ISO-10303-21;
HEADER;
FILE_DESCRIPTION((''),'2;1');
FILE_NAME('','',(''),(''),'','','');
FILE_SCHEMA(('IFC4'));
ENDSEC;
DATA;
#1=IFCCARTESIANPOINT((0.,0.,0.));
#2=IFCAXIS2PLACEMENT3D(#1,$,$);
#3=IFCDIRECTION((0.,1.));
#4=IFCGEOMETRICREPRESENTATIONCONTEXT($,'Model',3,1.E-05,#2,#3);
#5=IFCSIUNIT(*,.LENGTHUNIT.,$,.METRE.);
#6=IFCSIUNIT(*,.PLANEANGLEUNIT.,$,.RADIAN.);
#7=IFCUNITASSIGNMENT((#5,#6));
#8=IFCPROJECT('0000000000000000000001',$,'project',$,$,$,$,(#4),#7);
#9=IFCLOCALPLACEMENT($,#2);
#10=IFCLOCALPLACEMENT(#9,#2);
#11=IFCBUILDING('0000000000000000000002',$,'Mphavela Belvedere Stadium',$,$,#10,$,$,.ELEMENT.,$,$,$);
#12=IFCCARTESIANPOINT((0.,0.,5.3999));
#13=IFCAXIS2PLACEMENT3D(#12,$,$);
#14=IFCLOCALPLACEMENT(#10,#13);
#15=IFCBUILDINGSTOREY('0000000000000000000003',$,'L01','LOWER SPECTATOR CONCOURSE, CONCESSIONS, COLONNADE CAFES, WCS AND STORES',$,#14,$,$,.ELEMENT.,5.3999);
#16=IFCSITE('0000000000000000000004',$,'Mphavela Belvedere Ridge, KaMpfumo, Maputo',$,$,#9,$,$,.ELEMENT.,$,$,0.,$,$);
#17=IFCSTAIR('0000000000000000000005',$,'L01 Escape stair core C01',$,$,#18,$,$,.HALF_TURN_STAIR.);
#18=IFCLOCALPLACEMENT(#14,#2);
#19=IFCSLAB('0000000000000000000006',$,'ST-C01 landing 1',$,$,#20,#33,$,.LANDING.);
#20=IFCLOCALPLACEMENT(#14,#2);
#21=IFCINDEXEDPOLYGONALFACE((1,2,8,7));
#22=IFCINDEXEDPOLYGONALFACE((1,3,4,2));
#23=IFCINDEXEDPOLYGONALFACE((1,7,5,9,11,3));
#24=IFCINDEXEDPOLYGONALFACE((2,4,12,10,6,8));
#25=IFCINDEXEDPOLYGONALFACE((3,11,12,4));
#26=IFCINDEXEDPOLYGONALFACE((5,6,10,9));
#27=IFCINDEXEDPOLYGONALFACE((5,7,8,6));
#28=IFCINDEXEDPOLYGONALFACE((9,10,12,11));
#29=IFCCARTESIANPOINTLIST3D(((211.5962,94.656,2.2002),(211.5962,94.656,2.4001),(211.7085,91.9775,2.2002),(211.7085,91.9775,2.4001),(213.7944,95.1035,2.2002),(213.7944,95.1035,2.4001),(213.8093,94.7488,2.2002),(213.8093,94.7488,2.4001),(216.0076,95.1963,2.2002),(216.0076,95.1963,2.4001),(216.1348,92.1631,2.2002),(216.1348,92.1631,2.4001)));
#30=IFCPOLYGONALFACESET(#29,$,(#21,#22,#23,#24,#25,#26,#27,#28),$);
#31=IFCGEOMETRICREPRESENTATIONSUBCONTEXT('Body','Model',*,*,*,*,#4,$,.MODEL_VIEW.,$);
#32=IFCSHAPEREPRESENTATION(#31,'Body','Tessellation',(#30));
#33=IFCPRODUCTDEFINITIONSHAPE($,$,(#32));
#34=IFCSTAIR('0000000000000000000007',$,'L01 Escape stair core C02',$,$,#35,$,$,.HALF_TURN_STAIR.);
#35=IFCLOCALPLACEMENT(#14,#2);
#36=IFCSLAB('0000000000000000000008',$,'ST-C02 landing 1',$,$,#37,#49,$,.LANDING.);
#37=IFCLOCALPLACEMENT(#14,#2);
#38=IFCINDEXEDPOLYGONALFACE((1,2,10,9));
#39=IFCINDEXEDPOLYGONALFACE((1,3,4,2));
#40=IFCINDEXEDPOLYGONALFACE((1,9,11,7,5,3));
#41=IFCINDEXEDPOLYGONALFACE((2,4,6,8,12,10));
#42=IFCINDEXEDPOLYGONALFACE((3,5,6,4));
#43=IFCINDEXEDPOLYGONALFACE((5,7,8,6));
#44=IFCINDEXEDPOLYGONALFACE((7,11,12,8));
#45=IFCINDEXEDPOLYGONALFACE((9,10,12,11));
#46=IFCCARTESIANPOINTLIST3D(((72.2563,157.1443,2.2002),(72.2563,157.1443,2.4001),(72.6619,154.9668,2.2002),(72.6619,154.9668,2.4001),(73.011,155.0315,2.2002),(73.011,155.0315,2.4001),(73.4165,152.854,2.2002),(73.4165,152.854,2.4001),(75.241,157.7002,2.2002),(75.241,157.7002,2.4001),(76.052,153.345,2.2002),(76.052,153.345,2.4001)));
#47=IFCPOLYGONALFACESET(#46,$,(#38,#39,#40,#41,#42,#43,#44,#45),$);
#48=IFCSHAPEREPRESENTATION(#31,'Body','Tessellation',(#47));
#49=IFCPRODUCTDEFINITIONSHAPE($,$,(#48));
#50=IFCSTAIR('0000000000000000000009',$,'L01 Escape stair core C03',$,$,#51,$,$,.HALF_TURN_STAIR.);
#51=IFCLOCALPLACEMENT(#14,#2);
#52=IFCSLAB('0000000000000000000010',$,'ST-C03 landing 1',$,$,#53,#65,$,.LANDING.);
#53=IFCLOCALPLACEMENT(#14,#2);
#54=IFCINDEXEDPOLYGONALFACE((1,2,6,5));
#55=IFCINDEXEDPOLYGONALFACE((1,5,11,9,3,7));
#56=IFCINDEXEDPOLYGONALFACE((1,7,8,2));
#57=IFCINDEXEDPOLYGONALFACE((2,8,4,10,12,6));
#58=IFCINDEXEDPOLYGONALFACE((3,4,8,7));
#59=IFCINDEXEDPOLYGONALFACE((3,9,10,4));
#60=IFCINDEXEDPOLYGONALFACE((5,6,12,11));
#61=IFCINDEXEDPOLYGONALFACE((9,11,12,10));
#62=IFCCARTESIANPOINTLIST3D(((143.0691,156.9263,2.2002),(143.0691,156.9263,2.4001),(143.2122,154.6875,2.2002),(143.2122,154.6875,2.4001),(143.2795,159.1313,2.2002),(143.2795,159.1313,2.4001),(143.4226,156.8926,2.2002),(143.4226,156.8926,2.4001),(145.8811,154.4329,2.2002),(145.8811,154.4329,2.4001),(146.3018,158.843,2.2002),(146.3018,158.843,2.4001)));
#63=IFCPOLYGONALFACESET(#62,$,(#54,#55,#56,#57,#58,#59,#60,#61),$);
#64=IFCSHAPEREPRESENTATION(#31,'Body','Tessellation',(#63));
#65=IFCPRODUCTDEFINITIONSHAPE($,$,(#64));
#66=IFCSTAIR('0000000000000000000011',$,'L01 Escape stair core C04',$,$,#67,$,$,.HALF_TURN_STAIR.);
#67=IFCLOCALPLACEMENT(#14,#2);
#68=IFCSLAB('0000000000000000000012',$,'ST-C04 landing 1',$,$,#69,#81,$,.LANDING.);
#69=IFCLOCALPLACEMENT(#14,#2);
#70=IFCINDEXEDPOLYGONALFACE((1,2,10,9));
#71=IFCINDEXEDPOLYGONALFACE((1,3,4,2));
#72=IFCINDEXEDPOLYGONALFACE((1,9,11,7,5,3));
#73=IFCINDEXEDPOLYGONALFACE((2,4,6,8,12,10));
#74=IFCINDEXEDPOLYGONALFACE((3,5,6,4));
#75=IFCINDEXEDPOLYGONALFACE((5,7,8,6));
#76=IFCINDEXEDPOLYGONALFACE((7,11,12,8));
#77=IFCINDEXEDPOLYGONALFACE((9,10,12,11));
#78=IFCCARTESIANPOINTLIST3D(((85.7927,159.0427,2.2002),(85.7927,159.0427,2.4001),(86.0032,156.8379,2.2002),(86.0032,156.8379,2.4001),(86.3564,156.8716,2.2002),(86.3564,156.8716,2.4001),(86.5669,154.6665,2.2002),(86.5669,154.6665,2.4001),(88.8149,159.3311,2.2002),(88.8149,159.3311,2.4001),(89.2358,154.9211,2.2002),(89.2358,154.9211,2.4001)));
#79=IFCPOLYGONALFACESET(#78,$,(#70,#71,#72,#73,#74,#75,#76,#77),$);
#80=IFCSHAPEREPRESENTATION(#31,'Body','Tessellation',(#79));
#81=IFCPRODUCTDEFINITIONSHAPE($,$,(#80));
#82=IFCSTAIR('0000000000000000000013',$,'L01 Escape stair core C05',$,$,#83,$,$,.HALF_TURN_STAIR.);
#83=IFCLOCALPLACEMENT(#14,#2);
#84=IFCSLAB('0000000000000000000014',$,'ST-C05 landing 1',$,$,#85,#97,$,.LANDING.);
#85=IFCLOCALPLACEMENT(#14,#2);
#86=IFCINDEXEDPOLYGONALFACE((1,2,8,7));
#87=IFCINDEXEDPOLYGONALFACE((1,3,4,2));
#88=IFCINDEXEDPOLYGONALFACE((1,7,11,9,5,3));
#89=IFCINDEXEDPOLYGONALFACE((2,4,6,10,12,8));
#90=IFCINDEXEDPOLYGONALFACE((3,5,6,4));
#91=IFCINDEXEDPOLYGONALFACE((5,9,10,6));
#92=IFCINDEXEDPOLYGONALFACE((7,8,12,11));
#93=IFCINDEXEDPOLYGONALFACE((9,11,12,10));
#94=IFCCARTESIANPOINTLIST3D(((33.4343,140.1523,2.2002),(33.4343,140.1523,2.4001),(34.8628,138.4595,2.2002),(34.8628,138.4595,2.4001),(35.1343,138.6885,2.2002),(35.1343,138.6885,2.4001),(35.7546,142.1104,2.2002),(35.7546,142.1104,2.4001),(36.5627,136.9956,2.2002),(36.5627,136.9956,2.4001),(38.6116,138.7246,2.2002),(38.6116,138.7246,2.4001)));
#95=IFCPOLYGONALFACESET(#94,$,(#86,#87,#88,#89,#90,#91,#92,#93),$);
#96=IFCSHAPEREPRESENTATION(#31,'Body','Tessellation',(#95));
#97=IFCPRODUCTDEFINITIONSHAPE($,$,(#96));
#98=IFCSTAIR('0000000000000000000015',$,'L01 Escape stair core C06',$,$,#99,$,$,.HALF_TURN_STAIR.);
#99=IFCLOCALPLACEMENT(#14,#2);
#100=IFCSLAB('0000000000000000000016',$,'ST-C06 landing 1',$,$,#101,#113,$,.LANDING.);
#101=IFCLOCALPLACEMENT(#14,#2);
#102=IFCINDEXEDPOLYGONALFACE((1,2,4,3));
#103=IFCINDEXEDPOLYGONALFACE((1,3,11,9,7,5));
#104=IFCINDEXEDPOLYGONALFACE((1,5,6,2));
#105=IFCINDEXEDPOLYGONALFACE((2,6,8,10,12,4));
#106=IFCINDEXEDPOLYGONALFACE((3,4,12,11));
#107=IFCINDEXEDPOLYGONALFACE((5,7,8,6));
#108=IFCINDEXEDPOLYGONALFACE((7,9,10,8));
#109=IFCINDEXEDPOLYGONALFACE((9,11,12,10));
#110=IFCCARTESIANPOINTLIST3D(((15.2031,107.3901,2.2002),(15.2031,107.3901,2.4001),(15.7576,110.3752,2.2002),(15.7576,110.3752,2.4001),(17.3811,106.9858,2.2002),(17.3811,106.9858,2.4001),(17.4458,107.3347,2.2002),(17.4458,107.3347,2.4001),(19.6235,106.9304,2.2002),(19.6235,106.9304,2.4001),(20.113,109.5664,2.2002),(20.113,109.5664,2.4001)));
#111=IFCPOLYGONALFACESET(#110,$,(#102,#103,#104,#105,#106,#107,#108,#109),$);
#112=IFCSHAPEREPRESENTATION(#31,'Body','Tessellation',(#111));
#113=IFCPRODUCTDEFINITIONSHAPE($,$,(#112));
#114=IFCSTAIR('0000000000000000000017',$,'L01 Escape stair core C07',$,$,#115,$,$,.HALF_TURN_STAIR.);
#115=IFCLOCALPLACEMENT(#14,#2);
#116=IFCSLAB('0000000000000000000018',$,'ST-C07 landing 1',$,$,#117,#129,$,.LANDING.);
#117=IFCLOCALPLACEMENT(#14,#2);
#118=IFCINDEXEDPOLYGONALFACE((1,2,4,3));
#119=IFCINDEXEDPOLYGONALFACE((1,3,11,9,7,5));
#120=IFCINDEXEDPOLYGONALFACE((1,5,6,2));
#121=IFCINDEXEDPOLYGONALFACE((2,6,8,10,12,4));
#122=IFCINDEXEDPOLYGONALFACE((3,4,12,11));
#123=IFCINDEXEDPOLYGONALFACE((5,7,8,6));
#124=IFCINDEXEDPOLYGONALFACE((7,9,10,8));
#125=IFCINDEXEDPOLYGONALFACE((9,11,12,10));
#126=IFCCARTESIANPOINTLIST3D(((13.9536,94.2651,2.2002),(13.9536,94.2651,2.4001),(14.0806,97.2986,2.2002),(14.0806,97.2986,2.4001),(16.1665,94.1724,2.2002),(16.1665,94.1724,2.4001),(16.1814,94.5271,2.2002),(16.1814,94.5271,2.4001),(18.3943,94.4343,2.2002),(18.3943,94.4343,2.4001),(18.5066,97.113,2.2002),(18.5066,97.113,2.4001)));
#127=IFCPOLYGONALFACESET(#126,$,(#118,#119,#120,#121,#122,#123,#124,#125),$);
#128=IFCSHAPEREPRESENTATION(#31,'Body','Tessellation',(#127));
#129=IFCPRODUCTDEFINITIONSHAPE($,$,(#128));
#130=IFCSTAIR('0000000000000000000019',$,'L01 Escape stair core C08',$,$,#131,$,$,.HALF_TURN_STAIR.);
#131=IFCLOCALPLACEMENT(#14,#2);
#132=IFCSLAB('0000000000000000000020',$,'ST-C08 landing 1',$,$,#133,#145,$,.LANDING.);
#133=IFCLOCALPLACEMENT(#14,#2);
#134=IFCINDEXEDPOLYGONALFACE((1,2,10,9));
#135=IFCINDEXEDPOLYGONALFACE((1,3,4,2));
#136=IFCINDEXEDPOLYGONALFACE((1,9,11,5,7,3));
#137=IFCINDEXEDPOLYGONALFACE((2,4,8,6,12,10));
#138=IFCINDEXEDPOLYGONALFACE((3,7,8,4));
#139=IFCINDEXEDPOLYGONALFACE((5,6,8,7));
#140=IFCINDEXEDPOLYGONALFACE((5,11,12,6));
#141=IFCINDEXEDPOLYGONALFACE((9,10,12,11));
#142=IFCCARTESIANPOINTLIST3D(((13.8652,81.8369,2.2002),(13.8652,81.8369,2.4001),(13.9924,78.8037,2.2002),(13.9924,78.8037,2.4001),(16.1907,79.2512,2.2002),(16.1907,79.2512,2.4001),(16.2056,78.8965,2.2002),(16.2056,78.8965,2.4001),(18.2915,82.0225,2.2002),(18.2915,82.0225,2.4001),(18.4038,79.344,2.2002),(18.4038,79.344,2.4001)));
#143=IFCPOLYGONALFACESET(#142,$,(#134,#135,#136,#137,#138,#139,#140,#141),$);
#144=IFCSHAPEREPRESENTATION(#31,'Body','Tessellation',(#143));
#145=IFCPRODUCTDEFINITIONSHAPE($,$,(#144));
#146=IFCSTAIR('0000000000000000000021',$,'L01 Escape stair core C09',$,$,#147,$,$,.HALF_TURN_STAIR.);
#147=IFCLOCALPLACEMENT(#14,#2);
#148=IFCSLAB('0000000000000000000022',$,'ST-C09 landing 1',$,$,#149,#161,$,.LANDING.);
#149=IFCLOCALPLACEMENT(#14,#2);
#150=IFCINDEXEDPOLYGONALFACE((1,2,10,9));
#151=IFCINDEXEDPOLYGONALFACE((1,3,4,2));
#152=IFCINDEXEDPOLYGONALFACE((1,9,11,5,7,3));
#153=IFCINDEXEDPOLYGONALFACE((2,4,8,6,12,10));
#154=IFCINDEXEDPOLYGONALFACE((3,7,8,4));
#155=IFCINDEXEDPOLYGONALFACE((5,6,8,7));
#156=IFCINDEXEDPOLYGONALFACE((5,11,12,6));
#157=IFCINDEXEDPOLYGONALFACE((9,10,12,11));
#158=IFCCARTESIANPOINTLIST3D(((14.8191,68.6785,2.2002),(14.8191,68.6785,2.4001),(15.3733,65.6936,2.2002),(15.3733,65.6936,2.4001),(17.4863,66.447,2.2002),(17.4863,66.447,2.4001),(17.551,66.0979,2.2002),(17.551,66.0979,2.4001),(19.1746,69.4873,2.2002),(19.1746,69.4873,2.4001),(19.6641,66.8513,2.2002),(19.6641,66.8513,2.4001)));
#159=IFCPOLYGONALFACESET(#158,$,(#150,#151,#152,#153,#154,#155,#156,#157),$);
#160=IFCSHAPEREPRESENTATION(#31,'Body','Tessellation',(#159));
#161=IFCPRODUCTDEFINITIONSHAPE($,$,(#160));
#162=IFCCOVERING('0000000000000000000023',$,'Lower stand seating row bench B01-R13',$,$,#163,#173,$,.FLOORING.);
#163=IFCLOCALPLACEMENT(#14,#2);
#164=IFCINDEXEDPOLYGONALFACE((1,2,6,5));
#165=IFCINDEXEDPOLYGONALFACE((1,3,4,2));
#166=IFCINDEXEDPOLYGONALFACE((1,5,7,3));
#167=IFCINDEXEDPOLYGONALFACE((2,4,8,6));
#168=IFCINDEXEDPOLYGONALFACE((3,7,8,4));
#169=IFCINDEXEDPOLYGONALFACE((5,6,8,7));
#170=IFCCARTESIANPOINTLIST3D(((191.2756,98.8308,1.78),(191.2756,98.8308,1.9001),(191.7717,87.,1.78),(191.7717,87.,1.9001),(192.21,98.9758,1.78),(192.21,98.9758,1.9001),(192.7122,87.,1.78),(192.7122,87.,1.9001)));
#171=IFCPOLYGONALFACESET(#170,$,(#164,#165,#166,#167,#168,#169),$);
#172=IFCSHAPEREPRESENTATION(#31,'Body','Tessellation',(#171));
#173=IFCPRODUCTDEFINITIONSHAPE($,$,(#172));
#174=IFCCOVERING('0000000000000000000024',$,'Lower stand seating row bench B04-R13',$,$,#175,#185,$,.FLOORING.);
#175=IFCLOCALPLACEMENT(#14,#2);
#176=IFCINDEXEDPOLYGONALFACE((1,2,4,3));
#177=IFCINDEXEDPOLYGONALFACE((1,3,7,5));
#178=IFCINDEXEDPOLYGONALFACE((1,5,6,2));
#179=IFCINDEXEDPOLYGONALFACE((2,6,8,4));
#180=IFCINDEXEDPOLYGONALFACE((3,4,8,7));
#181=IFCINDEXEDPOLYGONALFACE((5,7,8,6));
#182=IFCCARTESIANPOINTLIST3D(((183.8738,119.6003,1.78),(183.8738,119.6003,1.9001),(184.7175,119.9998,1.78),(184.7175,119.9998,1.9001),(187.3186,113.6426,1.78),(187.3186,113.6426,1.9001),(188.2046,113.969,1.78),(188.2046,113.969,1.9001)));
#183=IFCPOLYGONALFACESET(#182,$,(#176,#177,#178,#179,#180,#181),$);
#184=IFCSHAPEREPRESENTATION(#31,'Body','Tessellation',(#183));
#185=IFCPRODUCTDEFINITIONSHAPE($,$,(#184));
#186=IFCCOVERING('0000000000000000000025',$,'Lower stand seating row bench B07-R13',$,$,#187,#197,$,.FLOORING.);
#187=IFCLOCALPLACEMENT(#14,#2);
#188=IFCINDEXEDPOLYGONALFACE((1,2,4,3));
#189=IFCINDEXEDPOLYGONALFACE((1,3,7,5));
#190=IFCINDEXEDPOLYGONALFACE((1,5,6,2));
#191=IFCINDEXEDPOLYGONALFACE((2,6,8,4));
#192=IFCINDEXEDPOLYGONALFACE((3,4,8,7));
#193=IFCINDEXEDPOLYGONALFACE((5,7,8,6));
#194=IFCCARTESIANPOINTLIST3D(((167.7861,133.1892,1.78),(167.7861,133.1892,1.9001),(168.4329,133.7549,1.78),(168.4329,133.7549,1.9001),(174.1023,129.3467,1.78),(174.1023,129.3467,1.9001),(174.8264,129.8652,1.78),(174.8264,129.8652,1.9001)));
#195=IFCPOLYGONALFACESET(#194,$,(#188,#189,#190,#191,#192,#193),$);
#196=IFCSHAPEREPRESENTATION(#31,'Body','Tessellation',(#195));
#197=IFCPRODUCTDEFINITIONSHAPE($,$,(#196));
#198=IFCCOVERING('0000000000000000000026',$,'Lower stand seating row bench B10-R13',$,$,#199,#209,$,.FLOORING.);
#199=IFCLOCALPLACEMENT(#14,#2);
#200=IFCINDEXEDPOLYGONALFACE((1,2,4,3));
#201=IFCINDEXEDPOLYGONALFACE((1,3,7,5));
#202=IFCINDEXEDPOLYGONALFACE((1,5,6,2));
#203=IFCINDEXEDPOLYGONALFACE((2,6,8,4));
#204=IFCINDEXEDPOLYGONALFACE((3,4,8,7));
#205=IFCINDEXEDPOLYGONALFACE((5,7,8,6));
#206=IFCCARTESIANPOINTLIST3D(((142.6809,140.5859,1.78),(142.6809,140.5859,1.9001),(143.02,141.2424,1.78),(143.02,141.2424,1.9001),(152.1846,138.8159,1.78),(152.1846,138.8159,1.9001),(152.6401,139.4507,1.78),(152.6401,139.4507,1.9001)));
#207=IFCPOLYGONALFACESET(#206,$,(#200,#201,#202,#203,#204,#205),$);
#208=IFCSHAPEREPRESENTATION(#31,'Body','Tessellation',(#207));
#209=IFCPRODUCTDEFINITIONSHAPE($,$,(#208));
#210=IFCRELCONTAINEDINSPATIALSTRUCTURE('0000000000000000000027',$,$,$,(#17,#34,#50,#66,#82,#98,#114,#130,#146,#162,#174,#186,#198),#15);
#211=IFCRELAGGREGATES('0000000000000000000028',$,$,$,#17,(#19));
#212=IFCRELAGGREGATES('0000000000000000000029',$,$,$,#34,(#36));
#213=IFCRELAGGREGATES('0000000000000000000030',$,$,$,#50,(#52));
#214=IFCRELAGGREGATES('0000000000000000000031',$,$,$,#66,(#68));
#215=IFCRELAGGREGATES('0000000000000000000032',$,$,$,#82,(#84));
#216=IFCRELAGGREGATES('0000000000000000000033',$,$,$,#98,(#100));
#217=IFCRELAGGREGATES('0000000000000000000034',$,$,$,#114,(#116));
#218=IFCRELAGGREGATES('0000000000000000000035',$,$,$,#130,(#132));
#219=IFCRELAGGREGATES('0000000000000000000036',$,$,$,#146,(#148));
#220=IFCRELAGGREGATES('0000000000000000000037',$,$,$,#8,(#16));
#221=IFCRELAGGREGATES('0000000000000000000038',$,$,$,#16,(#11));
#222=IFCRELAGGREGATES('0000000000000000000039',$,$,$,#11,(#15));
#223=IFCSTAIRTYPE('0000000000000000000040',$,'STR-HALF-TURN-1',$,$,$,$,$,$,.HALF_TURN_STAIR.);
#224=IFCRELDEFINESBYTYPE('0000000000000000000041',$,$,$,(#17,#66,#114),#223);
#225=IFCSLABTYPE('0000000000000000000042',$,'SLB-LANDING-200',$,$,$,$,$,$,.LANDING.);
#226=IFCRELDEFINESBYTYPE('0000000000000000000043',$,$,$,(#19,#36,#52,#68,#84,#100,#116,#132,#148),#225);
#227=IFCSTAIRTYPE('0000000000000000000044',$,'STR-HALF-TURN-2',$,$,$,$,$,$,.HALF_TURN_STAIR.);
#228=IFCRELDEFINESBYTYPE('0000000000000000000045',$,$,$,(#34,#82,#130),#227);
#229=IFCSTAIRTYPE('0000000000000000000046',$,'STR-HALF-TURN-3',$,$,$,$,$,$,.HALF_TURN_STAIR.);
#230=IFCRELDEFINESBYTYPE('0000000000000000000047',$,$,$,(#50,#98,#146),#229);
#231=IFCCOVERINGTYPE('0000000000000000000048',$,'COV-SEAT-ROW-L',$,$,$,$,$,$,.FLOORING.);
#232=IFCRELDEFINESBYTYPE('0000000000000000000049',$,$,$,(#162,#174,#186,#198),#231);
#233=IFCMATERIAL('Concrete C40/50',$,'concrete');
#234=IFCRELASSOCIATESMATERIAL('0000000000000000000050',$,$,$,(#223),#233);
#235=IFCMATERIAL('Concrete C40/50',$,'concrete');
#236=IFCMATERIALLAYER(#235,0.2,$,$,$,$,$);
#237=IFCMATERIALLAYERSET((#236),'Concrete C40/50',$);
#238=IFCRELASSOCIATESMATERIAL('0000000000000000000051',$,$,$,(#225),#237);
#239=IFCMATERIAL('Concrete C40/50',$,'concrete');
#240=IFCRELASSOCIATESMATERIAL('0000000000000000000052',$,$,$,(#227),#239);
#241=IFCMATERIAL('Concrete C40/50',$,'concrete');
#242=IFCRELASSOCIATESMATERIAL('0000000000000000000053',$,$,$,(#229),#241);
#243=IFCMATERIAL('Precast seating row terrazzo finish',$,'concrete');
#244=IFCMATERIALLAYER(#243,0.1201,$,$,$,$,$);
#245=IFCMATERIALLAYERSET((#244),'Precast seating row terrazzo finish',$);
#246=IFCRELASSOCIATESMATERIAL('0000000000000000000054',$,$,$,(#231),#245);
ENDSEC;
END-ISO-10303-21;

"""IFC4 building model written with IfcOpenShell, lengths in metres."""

from ifc_helpers import new_model, si_unit, direction, frame, origin, place, context, subcontext, project, spatial, polyline, outline, extrude, material, layer, layer_set, type_object, element, aggregate, save


model = new_model("IFC4")

# Units and contexts
model_context = context("Model", 3, precision=1e-05, world=origin(), true_north=direction((0.0, 1.0)))
body_context = subcontext(model_context, "Body", "Model", "MODEL_VIEW")
ifc_project = project(units=[si_unit("LENGTHUNIT", "METRE"), si_unit("PLANEANGLEUNIT", "RADIAN")], contexts=[model_context])

# Site, building, storey
site_placement = place(None, origin())
site = spatial("IfcSite", under=ifc_project, at=site_placement, Name="Mphavela Belvedere Ridge, KaMpfumo, Maputo", CompositionType="ELEMENT", RefElevation=0.0)
building_placement = place(site_placement, origin())
building = spatial("IfcBuilding", under=site, at=building_placement, Name="Mphavela Belvedere Stadium", CompositionType="ELEMENT")
storey_placement = place(building_placement, frame((0.0, 0.0, 5.3999)))
storey = spatial("IfcBuildingStorey", under=building, at=storey_placement, Name="L01", Description="LOWER SPECTATOR CONCOURSE, CONCESSIONS, COLONNADE CAFES, WCS AND STORES", CompositionType="ELEMENT", Elevation=5.3999)

# Stairs, slabs
ifc_material_1 = material(Name="Concrete C40/50", Category="concrete")
stair_type_1 = type_object("IfcStairType", Name="STR-HALF-TURN-1", PredefinedType="HALF_TURN_STAIR", material=ifc_material_1)
stair_1_placement = place(storey_placement, origin())
stair_1 = element("IfcStair", 1, at=stair_1_placement, inside=storey, type_object=stair_type_1, Name="L01 Escape stair core C01", PredefinedType="HALF_TURN_STAIR")
ifc_material_2 = material(Name="Concrete C40/50", Category="concrete")
ifc_layer_1 = layer(ifc_material_2, 0.2)
ifc_layer_set_1 = layer_set([ifc_layer_1], Name="Concrete C40/50")
slab_type = type_object("IfcSlabType", Name="SLB-LANDING-200", PredefinedType="LANDING", material=ifc_layer_set_1)
slab_1_placement = place(storey_placement, frame((0.0, 0.0, 2.2002)))
slab_1 = element("IfcSlab", 2, at=slab_1_placement, type_object=slab_type, Name="ST-C01 landing 1", PredefinedType="LANDING", context=body_context, shape_type="SweptSolid", body=[
    extrude(outline(polyline([(211.5962, 94.656), (211.7085, 91.9775), (216.1348, 92.1631), (216.0076, 95.1963), (213.7944, 95.1035), (213.8093, 94.7488), (211.5962, 94.656)])), origin(), (0.0, 0.0, 1.0), 0.2),
])
aggregate(stair_1, [slab_1])
ifc_material_3 = material(Name="Concrete C40/50", Category="concrete")
stair_type_2 = type_object("IfcStairType", Name="STR-HALF-TURN-2", PredefinedType="HALF_TURN_STAIR", material=ifc_material_3)
stair_2_placement = place(storey_placement, origin())
stair_2 = element("IfcStair", 3, at=stair_2_placement, inside=storey, type_object=stair_type_2, Name="L01 Escape stair core C02", PredefinedType="HALF_TURN_STAIR")
slab_2_placement = place(storey_placement, frame((0.0, 0.0, 2.2002)))
slab_2 = element("IfcSlab", 4, at=slab_2_placement, type_object=slab_type, Name="ST-C02 landing 1", PredefinedType="LANDING", context=body_context, shape_type="SweptSolid", body=[
    extrude(outline(polyline([(73.4165, 152.854), (76.052, 153.345), (75.241, 157.7002), (72.2563, 157.1443), (72.6619, 154.9668), (73.011, 155.0315), (73.4165, 152.854)])), origin(), (0.0, 0.0, 1.0), 0.2),
])
aggregate(stair_2, [slab_2])
ifc_material_4 = material(Name="Concrete C40/50", Category="concrete")
stair_type_3 = type_object("IfcStairType", Name="STR-HALF-TURN-3", PredefinedType="HALF_TURN_STAIR", material=ifc_material_4)
stair_3_placement = place(storey_placement, origin())
stair_3 = element("IfcStair", 5, at=stair_3_placement, inside=storey, type_object=stair_type_3, Name="L01 Escape stair core C03", PredefinedType="HALF_TURN_STAIR")
slab_3_placement = place(storey_placement, frame((0.0, 0.0, 2.2002)))
slab_3 = element("IfcSlab", 6, at=slab_3_placement, type_object=slab_type, Name="ST-C03 landing 1", PredefinedType="LANDING", context=body_context, shape_type="SweptSolid", body=[
    extrude(outline(polyline([(143.2122, 154.6875), (145.8811, 154.4329), (146.3018, 158.843), (143.2795, 159.1313), (143.0691, 156.9263), (143.4226, 156.8926), (143.2122, 154.6875)])), origin(), (0.0, 0.0, 1.0), 0.2),
])
aggregate(stair_3, [slab_3])
stair_4_placement = place(storey_placement, origin())
stair_4 = element("IfcStair", 7, at=stair_4_placement, inside=storey, type_object=stair_type_1, Name="L01 Escape stair core C04", PredefinedType="HALF_TURN_STAIR")
slab_4_placement = place(storey_placement, frame((0.0, 0.0, 2.2002)))
slab_4 = element("IfcSlab", 8, at=slab_4_placement, type_object=slab_type, Name="ST-C04 landing 1", PredefinedType="LANDING", context=body_context, shape_type="SweptSolid", body=[
    extrude(outline(polyline([(86.5669, 154.6665), (89.2358, 154.9211), (88.8149, 159.3311), (85.7927, 159.0427), (86.0032, 156.8379), (86.3564, 156.8716), (86.5669, 154.6665)])), origin(), (0.0, 0.0, 1.0), 0.2),
])
aggregate(stair_4, [slab_4])
stair_5_placement = place(storey_placement, origin())
stair_5 = element("IfcStair", 9, at=stair_5_placement, inside=storey, type_object=stair_type_2, Name="L01 Escape stair core C05", PredefinedType="HALF_TURN_STAIR")
slab_5_placement = place(storey_placement, frame((0.0, 0.0, 2.2002)))
slab_5 = element("IfcSlab", 10, at=slab_5_placement, type_object=slab_type, Name="ST-C05 landing 1", PredefinedType="LANDING", context=body_context, shape_type="SweptSolid", body=[
    extrude(outline(polyline([(36.5627, 136.9956), (38.6116, 138.7246), (35.7546, 142.1104), (33.4343, 140.1523), (34.8628, 138.4595), (35.1343, 138.6885), (36.5627, 136.9956)])), origin(), (0.0, 0.0, 1.0), 0.2),
])
aggregate(stair_5, [slab_5])
stair_6_placement = place(storey_placement, origin())
stair_6 = element("IfcStair", 11, at=stair_6_placement, inside=storey, type_object=stair_type_3, Name="L01 Escape stair core C06", PredefinedType="HALF_TURN_STAIR")
slab_6_placement = place(storey_placement, frame((0.0, 0.0, 2.2002)))
slab_6 = element("IfcSlab", 12, at=slab_6_placement, type_object=slab_type, Name="ST-C06 landing 1", PredefinedType="LANDING", context=body_context, shape_type="SweptSolid", body=[
    extrude(outline(polyline([(19.6235, 106.9304), (20.113, 109.5664), (15.7576, 110.3752), (15.2031, 107.3901), (17.3811, 106.9858), (17.4458, 107.3347), (19.6235, 106.9304)])), origin(), (0.0, 0.0, 1.0), 0.2),
])
aggregate(stair_6, [slab_6])
stair_7_placement = place(storey_placement, origin())
stair_7 = element("IfcStair", 13, at=stair_7_placement, inside=storey, type_object=stair_type_1, Name="L01 Escape stair core C07", PredefinedType="HALF_TURN_STAIR")
slab_7_placement = place(storey_placement, frame((0.0, 0.0, 2.2002)))
slab_7 = element("IfcSlab", 14, at=slab_7_placement, type_object=slab_type, Name="ST-C07 landing 1", PredefinedType="LANDING", context=body_context, shape_type="SweptSolid", body=[
    extrude(outline(polyline([(18.3943, 94.4343), (18.5066, 97.113), (14.0806, 97.2986), (13.9536, 94.2651), (16.1665, 94.1724), (16.1814, 94.5271), (18.3943, 94.4343)])), origin(), (0.0, 0.0, 1.0), 0.2),
])
aggregate(stair_7, [slab_7])
stair_8_placement = place(storey_placement, origin())
stair_8 = element("IfcStair", 15, at=stair_8_placement, inside=storey, type_object=stair_type_2, Name="L01 Escape stair core C08", PredefinedType="HALF_TURN_STAIR")
slab_8_placement = place(storey_placement, frame((0.0, 0.0, 2.2002)))
slab_8 = element("IfcSlab", 16, at=slab_8_placement, type_object=slab_type, Name="ST-C08 landing 1", PredefinedType="LANDING", context=body_context, shape_type="SweptSolid", body=[
    extrude(outline(polyline([(18.4038, 79.344), (18.2915, 82.0225), (13.8652, 81.8369), (13.9924, 78.8037), (16.2056, 78.8965), (16.1907, 79.2512), (18.4038, 79.344)])), origin(), (0.0, 0.0, 1.0), 0.2),
])
aggregate(stair_8, [slab_8])
stair_9_placement = place(storey_placement, origin())
stair_9 = element("IfcStair", 17, at=stair_9_placement, inside=storey, type_object=stair_type_3, Name="L01 Escape stair core C09", PredefinedType="HALF_TURN_STAIR")
slab_9_placement = place(storey_placement, frame((0.0, 0.0, 2.2002)))
slab_9 = element("IfcSlab", 18, at=slab_9_placement, type_object=slab_type, Name="ST-C09 landing 1", PredefinedType="LANDING", context=body_context, shape_type="SweptSolid", body=[
    extrude(outline(polyline([(19.6641, 66.8513), (19.1746, 69.4873), (14.8191, 68.6785), (15.3733, 65.6936), (17.551, 66.0979), (17.4863, 66.447), (19.6641, 66.8513)])), origin(), (0.0, 0.0, 1.0), 0.2),
])
aggregate(stair_9, [slab_9])

# Coverings
ifc_material_5 = material(Name="Precast seating row terrazzo finish", Category="concrete")
ifc_layer_2 = layer(ifc_material_5, 0.1201)
ifc_layer_set_2 = layer_set([ifc_layer_2], Name="Precast seating row terrazzo finish")
covering_type = type_object("IfcCoveringType", Name="COV-SEAT-ROW-L", PredefinedType="FLOORING", material=ifc_layer_set_2)
covering_1_placement = place(storey_placement, frame((0.0, 0.0, 1.78)))
element("IfcCovering", 19, at=covering_1_placement, inside=storey, type_object=covering_type, Name="Lower stand seating row bench B01-R13", PredefinedType="FLOORING", context=body_context, shape_type="SweptSolid", body=[
    extrude(outline(polyline([(191.7717, 87.0), (191.2756, 98.8308), (192.21, 98.9758), (192.7122, 87.0), (191.7717, 87.0)])), origin(), (0.0, 0.0, 1.0), 0.1201),
])
covering_2_placement = place(storey_placement, frame((0.0, 0.0, 1.78)))
element("IfcCovering", 20, at=covering_2_placement, inside=storey, type_object=covering_type, Name="Lower stand seating row bench B04-R13", PredefinedType="FLOORING", context=body_context, shape_type="SweptSolid", body=[
    extrude(outline(polyline([(187.3186, 113.6426), (183.8738, 119.6003), (184.7175, 119.9998), (188.2046, 113.969), (187.3186, 113.6426)])), origin(), (0.0, 0.0, 1.0), 0.1201),
])
covering_3_placement = place(storey_placement, frame((0.0, 0.0, 1.78)))
element("IfcCovering", 21, at=covering_3_placement, inside=storey, type_object=covering_type, Name="Lower stand seating row bench B07-R13", PredefinedType="FLOORING", context=body_context, shape_type="SweptSolid", body=[
    extrude(outline(polyline([(174.1023, 129.3467), (167.7861, 133.1892), (168.4329, 133.7549), (174.8264, 129.8652), (174.1023, 129.3467)])), origin(), (0.0, 0.0, 1.0), 0.1201),
])
covering_4_placement = place(storey_placement, frame((0.0, 0.0, 1.78)))
element("IfcCovering", 22, at=covering_4_placement, inside=storey, type_object=covering_type, Name="Lower stand seating row bench B10-R13", PredefinedType="FLOORING", context=body_context, shape_type="SweptSolid", body=[
    extrude(outline(polyline([(152.1846, 138.8159), (142.6809, 140.5859), (143.02, 141.2424), (152.6401, 139.4507), (152.1846, 138.8159)])), origin(), (0.0, 0.0, 1.0), 0.1201),
])

save(model, "model.ifc")
